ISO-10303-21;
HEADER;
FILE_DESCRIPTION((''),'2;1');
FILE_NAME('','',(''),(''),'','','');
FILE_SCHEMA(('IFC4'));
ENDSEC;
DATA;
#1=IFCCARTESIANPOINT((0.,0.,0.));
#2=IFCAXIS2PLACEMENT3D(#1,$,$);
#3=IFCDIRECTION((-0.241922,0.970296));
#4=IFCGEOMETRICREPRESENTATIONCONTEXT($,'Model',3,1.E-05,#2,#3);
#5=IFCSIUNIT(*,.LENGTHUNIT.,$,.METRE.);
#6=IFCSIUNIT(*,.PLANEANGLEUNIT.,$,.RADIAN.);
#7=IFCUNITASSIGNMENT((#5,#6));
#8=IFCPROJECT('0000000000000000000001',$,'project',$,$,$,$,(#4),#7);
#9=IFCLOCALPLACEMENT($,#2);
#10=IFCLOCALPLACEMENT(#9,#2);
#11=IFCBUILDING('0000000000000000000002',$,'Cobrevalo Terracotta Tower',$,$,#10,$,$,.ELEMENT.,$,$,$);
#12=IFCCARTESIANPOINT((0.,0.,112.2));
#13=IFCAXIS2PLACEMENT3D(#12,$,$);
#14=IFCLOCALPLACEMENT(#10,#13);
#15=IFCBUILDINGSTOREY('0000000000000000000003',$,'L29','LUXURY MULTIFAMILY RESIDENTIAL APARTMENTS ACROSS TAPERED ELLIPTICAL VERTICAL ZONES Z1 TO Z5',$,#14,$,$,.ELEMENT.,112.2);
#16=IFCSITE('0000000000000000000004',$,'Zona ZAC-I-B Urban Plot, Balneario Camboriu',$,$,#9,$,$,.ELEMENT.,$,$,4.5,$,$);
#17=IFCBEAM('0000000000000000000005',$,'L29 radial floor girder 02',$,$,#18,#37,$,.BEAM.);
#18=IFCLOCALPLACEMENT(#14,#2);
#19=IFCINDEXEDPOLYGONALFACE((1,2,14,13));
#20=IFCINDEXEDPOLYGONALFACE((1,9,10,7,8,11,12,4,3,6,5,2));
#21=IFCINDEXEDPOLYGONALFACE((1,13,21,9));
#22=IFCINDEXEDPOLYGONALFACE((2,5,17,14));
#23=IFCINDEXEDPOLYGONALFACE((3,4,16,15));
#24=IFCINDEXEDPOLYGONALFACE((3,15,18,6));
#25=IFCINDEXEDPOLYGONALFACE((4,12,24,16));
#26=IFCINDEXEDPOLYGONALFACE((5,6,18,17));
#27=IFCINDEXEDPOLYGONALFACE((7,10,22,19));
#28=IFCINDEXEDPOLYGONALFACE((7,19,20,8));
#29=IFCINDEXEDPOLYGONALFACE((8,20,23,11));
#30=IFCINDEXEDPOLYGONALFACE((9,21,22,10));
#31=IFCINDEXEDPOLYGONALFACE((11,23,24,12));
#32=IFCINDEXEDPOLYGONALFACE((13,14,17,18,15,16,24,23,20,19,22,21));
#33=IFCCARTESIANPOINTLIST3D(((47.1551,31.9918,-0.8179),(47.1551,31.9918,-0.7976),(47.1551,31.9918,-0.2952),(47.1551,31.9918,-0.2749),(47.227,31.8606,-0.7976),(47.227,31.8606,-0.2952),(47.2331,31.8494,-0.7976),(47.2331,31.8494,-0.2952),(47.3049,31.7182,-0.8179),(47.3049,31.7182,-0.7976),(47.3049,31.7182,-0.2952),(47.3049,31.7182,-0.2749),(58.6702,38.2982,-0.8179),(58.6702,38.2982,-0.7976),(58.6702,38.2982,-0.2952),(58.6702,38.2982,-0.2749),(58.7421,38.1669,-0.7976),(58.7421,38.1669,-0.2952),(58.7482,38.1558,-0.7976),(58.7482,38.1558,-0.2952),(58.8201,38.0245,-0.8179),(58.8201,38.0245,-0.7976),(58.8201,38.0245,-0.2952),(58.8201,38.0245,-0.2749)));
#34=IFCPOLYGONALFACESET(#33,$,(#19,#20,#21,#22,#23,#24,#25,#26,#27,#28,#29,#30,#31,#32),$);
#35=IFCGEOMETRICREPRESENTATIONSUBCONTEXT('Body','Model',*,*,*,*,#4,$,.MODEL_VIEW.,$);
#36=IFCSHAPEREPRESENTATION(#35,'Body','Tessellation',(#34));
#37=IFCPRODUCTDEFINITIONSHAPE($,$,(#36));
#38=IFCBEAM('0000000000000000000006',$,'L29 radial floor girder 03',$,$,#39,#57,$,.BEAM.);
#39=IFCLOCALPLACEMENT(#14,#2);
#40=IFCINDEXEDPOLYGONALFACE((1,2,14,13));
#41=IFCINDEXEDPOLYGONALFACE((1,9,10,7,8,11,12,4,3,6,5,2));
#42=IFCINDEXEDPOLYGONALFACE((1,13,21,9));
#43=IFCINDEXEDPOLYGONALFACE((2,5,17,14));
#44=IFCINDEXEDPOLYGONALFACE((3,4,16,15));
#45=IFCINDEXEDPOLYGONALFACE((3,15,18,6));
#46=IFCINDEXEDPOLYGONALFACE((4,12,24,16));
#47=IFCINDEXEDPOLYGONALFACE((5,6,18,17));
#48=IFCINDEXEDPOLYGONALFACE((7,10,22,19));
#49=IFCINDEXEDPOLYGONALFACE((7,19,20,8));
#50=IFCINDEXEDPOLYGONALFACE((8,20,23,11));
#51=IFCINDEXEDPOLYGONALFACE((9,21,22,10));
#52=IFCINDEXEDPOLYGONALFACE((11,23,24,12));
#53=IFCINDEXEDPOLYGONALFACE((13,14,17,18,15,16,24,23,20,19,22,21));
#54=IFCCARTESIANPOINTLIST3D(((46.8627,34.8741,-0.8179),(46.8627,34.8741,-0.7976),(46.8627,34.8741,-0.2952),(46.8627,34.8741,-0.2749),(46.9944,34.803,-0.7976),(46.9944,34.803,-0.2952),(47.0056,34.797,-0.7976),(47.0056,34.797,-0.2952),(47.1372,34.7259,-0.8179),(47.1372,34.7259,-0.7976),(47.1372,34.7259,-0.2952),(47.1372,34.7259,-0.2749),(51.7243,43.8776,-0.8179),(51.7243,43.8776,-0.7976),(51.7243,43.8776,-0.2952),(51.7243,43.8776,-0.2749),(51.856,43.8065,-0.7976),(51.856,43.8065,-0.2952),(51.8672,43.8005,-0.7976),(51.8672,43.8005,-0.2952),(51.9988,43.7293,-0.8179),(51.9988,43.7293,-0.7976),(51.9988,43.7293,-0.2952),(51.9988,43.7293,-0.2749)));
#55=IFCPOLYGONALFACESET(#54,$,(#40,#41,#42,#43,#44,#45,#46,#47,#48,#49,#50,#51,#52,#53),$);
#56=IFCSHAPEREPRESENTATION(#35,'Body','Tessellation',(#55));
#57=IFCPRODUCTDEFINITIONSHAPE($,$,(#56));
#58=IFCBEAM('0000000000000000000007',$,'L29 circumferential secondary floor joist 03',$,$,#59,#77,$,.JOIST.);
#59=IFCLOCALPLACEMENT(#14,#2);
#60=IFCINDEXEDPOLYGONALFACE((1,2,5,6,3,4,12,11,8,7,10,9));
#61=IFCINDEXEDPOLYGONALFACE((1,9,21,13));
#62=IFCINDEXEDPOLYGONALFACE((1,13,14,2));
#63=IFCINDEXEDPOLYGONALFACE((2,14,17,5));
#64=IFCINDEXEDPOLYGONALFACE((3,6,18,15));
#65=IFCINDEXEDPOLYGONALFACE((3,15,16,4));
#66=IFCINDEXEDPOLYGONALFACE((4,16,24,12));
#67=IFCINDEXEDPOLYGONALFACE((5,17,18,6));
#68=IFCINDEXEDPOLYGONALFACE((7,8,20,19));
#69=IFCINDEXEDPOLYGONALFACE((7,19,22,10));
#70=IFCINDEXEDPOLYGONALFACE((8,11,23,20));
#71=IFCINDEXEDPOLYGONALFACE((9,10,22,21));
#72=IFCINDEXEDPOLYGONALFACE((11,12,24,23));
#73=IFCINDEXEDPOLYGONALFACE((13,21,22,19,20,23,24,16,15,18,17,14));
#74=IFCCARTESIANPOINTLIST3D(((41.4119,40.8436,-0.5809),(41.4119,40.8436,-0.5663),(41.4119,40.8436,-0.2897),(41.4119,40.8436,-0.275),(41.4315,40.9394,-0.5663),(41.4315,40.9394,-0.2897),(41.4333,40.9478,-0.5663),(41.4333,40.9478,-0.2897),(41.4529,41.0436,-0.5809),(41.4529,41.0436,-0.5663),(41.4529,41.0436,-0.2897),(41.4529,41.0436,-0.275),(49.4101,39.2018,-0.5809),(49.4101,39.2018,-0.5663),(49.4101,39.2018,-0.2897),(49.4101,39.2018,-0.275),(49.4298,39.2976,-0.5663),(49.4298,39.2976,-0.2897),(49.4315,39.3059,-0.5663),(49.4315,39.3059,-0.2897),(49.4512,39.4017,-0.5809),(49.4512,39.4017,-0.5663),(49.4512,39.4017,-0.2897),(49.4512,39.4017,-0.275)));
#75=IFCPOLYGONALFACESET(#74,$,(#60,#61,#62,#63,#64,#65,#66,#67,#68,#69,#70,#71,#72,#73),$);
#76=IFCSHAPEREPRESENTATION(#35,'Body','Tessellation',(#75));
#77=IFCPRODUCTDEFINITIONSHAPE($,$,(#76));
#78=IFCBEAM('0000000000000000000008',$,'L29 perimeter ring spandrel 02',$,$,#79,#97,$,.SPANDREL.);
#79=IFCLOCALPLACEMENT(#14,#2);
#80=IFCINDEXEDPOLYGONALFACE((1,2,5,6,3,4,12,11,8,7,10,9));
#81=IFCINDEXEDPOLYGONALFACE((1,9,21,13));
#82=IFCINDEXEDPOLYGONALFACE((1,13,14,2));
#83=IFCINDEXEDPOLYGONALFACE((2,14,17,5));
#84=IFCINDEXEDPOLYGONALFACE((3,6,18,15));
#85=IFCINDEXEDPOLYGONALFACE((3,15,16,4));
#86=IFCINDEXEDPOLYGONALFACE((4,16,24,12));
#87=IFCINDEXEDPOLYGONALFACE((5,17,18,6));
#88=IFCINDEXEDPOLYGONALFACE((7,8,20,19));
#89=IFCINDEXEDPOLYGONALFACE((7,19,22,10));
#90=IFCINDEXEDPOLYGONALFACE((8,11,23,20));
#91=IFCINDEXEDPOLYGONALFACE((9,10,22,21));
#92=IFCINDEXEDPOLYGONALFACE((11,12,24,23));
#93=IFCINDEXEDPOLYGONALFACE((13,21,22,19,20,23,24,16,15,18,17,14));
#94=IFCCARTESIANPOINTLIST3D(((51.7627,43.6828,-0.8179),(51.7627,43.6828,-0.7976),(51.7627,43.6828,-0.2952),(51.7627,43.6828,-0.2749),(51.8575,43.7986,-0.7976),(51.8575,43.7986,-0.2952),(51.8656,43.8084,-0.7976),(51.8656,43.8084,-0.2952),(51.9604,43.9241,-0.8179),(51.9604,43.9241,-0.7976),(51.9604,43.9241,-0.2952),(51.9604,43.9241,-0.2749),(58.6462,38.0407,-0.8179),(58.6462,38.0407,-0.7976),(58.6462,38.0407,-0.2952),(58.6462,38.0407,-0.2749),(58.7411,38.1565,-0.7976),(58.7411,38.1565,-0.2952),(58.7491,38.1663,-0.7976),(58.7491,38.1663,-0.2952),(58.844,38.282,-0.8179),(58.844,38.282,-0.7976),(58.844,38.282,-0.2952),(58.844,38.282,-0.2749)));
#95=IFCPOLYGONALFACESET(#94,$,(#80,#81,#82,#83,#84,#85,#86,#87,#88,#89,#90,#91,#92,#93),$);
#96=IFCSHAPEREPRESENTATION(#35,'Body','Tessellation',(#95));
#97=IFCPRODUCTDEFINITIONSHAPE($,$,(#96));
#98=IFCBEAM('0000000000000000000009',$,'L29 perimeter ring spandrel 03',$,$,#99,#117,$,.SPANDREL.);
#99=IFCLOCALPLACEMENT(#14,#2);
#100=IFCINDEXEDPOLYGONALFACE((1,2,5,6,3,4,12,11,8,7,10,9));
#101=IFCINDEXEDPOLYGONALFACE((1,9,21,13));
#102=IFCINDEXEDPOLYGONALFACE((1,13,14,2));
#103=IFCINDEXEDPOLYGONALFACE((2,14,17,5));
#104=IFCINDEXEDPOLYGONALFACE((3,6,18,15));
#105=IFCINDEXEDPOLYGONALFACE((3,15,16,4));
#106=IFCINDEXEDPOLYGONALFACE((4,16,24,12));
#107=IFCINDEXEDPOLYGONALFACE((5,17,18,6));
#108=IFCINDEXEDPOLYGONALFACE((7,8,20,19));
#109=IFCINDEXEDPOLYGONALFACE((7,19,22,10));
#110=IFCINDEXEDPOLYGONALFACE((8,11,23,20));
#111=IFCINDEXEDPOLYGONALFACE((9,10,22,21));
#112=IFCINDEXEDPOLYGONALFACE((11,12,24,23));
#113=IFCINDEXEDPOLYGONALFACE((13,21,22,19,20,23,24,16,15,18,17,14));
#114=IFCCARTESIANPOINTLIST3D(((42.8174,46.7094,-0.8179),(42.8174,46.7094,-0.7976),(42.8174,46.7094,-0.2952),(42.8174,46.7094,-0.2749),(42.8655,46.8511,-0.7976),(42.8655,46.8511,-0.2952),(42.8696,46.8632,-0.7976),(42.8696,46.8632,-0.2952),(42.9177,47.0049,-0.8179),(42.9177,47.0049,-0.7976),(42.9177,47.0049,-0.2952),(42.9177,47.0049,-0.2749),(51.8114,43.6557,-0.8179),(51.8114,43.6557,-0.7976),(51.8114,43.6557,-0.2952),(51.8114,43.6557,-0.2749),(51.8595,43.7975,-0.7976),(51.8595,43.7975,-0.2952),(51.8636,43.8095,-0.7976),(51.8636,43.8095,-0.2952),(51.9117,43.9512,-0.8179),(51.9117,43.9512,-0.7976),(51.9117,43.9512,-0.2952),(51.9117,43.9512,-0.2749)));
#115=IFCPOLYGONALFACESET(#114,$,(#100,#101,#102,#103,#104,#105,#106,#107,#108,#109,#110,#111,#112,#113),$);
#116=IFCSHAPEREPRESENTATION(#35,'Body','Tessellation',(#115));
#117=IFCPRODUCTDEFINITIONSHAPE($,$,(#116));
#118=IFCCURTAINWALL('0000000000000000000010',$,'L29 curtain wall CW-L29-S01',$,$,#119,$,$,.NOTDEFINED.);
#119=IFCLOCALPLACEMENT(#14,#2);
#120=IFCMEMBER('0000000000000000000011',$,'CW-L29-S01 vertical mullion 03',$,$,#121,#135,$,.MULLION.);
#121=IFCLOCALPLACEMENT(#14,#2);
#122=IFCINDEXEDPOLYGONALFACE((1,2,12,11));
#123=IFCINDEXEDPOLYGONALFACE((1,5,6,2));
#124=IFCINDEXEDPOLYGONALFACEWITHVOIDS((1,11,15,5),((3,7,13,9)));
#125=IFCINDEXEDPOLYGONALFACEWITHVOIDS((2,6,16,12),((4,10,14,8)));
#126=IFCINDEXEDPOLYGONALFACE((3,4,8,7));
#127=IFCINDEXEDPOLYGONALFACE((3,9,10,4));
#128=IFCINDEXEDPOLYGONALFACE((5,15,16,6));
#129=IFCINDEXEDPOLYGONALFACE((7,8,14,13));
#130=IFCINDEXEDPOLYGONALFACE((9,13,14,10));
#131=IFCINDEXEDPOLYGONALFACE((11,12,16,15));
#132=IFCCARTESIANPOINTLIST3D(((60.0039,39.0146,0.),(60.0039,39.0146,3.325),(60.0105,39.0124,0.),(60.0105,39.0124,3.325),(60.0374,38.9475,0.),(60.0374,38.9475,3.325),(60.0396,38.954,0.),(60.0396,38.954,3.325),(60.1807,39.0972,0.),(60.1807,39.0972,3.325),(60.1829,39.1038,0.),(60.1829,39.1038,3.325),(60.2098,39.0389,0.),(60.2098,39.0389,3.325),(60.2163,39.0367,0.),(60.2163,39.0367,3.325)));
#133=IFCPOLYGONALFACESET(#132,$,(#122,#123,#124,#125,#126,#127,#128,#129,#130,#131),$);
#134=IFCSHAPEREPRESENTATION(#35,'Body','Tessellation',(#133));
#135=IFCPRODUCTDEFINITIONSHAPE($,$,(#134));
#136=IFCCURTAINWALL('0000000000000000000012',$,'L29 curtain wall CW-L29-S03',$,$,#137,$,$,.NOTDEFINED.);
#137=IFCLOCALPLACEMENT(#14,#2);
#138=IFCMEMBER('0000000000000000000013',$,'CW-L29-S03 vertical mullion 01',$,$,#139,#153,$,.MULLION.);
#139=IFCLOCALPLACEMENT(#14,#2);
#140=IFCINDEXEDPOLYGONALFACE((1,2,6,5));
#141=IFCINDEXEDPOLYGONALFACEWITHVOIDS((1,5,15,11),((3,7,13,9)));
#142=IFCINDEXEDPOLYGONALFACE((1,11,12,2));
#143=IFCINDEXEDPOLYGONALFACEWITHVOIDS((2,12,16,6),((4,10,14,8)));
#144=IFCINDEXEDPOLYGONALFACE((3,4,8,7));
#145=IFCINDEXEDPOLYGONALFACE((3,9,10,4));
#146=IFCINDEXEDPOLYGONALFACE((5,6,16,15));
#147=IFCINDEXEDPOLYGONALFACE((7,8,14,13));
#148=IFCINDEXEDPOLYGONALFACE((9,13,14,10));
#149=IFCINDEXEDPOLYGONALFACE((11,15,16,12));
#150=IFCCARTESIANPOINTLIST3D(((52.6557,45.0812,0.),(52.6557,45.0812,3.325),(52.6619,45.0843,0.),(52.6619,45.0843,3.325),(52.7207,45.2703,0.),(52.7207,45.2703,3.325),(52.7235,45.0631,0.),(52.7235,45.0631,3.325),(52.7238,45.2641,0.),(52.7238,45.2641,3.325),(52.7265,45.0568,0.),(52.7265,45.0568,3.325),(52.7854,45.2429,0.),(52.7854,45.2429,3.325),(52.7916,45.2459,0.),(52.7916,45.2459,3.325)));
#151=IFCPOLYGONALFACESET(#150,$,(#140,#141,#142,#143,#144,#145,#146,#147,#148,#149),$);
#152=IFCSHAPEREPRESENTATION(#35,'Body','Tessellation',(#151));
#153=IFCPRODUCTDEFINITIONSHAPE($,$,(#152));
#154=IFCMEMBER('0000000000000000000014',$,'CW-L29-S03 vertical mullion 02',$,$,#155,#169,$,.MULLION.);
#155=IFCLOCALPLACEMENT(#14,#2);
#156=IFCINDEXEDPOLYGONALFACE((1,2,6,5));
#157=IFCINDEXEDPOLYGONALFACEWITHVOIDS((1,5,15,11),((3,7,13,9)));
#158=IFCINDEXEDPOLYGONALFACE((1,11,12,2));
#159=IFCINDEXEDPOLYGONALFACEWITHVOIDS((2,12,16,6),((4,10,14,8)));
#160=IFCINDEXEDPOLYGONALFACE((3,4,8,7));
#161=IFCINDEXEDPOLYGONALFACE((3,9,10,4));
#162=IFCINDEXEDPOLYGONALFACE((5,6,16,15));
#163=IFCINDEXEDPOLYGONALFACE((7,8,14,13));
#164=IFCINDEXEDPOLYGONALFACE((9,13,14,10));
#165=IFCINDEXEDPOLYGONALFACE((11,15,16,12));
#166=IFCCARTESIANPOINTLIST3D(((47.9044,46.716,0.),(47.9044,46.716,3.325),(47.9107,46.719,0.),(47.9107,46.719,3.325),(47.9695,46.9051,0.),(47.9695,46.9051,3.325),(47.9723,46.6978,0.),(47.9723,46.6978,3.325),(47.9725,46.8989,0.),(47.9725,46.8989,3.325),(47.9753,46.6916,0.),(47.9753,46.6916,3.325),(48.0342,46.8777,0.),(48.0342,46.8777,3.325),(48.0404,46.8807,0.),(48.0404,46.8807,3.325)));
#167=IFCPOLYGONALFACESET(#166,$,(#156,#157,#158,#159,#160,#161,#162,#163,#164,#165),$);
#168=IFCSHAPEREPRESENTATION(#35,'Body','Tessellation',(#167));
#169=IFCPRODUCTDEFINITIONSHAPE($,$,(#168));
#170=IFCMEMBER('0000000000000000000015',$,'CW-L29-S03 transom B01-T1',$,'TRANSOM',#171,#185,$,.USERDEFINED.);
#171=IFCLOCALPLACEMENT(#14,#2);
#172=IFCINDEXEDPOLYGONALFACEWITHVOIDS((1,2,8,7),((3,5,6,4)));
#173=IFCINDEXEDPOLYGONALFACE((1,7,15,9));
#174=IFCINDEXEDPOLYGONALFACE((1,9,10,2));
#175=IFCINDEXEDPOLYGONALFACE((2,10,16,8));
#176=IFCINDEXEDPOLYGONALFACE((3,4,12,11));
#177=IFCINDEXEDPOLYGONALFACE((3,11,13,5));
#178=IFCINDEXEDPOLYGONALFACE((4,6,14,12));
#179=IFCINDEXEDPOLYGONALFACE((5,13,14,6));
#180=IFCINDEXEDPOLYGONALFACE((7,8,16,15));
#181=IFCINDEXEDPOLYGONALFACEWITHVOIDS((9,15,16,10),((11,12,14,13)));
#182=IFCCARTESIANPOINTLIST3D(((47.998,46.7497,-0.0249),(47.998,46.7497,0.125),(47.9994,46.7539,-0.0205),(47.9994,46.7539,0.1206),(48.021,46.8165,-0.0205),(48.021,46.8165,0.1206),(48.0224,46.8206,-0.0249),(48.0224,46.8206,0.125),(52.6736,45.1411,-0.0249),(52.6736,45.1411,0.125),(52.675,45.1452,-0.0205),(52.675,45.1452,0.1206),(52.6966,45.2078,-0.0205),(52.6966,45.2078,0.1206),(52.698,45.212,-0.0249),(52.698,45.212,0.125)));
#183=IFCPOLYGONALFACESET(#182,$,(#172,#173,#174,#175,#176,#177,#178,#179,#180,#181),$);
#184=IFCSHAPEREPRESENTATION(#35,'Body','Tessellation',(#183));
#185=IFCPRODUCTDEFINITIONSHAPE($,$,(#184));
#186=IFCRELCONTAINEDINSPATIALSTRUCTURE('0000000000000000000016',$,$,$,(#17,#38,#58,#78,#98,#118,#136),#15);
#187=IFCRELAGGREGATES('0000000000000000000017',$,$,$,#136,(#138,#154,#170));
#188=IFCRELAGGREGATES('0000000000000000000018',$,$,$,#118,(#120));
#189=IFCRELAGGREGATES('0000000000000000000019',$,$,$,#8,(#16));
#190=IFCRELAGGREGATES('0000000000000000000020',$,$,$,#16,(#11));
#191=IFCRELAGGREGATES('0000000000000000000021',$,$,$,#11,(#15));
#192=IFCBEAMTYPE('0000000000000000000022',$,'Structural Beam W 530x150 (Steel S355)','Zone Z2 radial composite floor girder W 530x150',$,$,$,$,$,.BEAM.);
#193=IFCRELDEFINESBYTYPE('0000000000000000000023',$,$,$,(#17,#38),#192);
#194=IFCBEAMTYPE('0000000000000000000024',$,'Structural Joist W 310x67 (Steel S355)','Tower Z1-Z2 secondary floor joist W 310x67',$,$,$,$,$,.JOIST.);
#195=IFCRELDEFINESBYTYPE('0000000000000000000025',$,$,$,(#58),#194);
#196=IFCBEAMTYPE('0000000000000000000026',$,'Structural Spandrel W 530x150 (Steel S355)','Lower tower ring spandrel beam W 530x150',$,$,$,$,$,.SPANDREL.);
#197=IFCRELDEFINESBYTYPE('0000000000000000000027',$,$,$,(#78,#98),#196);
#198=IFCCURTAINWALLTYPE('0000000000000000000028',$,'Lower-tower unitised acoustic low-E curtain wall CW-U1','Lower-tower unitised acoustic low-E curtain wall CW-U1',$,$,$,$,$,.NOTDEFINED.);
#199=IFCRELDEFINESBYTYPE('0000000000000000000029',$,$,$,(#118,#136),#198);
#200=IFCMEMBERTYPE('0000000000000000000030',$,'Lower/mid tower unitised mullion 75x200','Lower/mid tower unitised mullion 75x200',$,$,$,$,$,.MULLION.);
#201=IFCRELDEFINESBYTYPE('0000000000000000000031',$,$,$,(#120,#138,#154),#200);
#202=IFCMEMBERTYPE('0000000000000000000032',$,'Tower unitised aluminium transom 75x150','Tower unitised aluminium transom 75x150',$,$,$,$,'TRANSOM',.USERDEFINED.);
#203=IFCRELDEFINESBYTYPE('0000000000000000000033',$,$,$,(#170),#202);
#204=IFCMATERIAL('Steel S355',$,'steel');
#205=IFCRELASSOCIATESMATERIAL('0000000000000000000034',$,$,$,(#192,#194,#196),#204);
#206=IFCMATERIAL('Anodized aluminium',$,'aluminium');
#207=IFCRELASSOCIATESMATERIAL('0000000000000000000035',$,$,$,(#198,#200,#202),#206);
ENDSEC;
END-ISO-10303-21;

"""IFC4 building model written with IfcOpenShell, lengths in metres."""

from ifc_helpers import new_model, si_unit, direction, frame, origin, origin_2d, place, context, subcontext, project, spatial, hollow_rectangle, i_section, extrude, source, transform, mapped, material, material_profile, profile_set, type_object, element, aggregate, save


model = new_model("IFC4")

# Units and contexts
model_context = context("Model", 3, precision=1e-05, world=origin(), true_north=direction((-0.241922, 0.970296)))
body_context = subcontext(model_context, "Body", "Model", "MODEL_VIEW")
ifc_project = project(units=[si_unit("LENGTHUNIT", "METRE"), si_unit("PLANEANGLEUNIT", "RADIAN")], contexts=[model_context])

# Site, building, storey
site_placement = place(None, origin())
site = spatial("IfcSite", under=ifc_project, at=site_placement, Name="Zona ZAC-I-B Urban Plot, Balneario Camboriu", CompositionType="ELEMENT", RefElevation=4.5)
building_placement = place(site_placement, origin())
building = spatial("IfcBuilding", under=site, at=building_placement, Name="Cobrevalo Terracotta Tower", CompositionType="ELEMENT")
storey_placement = place(building_placement, frame((0.0, 0.0, 112.2)))
storey = spatial("IfcBuildingStorey", under=building, at=storey_placement, Name="L29", Description="LUXURY MULTIFAMILY RESIDENTIAL APARTMENTS ACROSS TAPERED ELLIPTICAL VERTICAL ZONES Z1 TO Z5", CompositionType="ELEMENT", Elevation=112.2)

# Shared definitions
ifc_material_1 = material(Name="Steel S355", Category="steel")

# Beams
ifc_material_profile_1 = material_profile(ifc_material_1, i_section(OverallWidth=0.312, OverallDepth=0.543, WebThickness=0.0127, FlangeThickness=0.0203, at=origin_2d()), Name="W 530x150")
ifc_profile_set_1 = profile_set([ifc_material_profile_1], Name="Steel S355")
beam_type_1 = type_object("IfcBeamType", Name="Structural Beam W 530x150 (Steel S355)", Description="Zone Z2 radial composite floor girder W 530x150", PredefinedType="BEAM", material=ifc_profile_set_1)
beam_1_placement = place(storey_placement, frame((58.7451, 38.1614, -0.5464), z_axis=(-0.877081, -0.480343, 0.0), x_axis=(0.480343, -0.877081, 0.0)))
element("IfcBeam", 1, at=beam_1_placement, inside=storey, type_object=beam_type_1, Name="L29 radial floor girder 02", PredefinedType="BEAM", context=body_context, shape_type="SweptSolid", body=[
    extrude(i_section(OverallWidth=0.312, OverallDepth=0.543, WebThickness=0.0127, FlangeThickness=0.0203, at=origin_2d()), origin(), (0.0, 0.0, 1.0), 13.1289),
])
beam_2_placement = place(storey_placement, frame((51.8616, 43.8035, -0.5464), z_axis=(-0.475128, -0.879917, 0.0), x_axis=(0.879917, -0.475128, 0.0)))
element("IfcBeam", 2, at=beam_2_placement, inside=storey, type_object=beam_type_1, Name="L29 radial floor girder 03", PredefinedType="BEAM", context=body_context, shape_type="SweptSolid", body=[
    extrude(i_section(OverallWidth=0.312, OverallDepth=0.543, WebThickness=0.0127, FlangeThickness=0.0203, at=origin_2d()), origin(), (0.0, 0.0, 1.0), 10.2322),
])
ifc_material_profile_2 = material_profile(ifc_material_1, i_section(OverallWidth=0.2041, OverallDepth=0.3059, WebThickness=0.0085, FlangeThickness=0.0146, at=origin_2d()), Name="W 310x67")
ifc_profile_set_2 = profile_set([ifc_material_profile_2], Name="Steel S355")
beam_type_2 = type_object("IfcBeamType", Name="Structural Joist W 310x67 (Steel S355)", Description="Tower Z1-Z2 secondary floor joist W 310x67", PredefinedType="JOIST", material=ifc_profile_set_2)
beam_3_placement = place(storey_placement, frame((49.4307, 39.3018, -0.428), z_axis=(-0.979574, 0.201082, 0.0), x_axis=(-0.201082, -0.979574, 0.0)))
element("IfcBeam", 3, at=beam_3_placement, inside=storey, type_object=beam_type_2, Name="L29 circumferential secondary floor joist 03", PredefinedType="JOIST", context=body_context, shape_type="SweptSolid", body=[
    extrude(i_section(OverallWidth=0.2041, OverallDepth=0.3059, WebThickness=0.0085, FlangeThickness=0.0146, at=origin_2d()), origin(), (0.0, 0.0, 1.0), 8.165),
])
ifc_material_profile_3 = material_profile(ifc_material_1, i_section(OverallWidth=0.312, OverallDepth=0.543, WebThickness=0.0127, FlangeThickness=0.0203, at=origin_2d()), Name="W 530x150")
ifc_profile_set_3 = profile_set([ifc_material_profile_3], Name="Steel S355")
beam_type_3 = type_object("IfcBeamType", Name="Structural Spandrel W 530x150 (Steel S355)", Description="Lower tower ring spandrel beam W 530x150", PredefinedType="SPANDREL", material=ifc_profile_set_3)
beam_4_placement = place(storey_placement, frame((58.7451, 38.1614, -0.5464), z_axis=(-0.773401, 0.633917, 0.0), x_axis=(-0.633917, -0.773401, 0.0)))
element("IfcBeam", 4, at=beam_4_placement, inside=storey, type_object=beam_type_3, Name="L29 perimeter ring spandrel 02", PredefinedType="SPANDREL", context=body_context, shape_type="SweptSolid", body=[
    extrude(i_section(OverallWidth=0.312, OverallDepth=0.543, WebThickness=0.0127, FlangeThickness=0.0203, at=origin_2d()), origin(), (0.0, 0.0, 1.0), 8.9004),
])
beam_5_placement = place(storey_placement, frame((51.8616, 43.8035, -0.5464), z_axis=(-0.946911, 0.321497, 0.0), x_axis=(-0.321497, -0.946911, 0.0)))
element("IfcBeam", 5, at=beam_5_placement, inside=storey, type_object=beam_type_3, Name="L29 perimeter ring spandrel 03", PredefinedType="SPANDREL", context=body_context, shape_type="SweptSolid", body=[
    extrude(i_section(OverallWidth=0.312, OverallDepth=0.543, WebThickness=0.0127, FlangeThickness=0.0203, at=origin_2d()), origin(), (0.0, 0.0, 1.0), 9.4983),
])

# Curtain wall, member
ifc_material_2 = material(Name="Anodized aluminium", Category="aluminium")
curtain_wall_type = type_object("IfcCurtainWallType", Name="Lower-tower unitised acoustic low-E curtain wall CW-U1", Description="Lower-tower unitised acoustic low-E curtain wall CW-U1", PredefinedType="NOTDEFINED", material=ifc_material_2)
curtain_wall_1_placement = place(storey_placement, origin())
curtain_wall_1 = element("IfcCurtainWall", 6, at=curtain_wall_1_placement, inside=storey, type_object=curtain_wall_type, Name="L29 curtain wall CW-L29-S01", PredefinedType="NOTDEFINED")
ifc_material_profile_4 = material_profile(ifc_material_2, hollow_rectangle(XDim=0.075, YDim=0.2, WallThickness=0.0049, at=origin_2d()), Name="CWM 75x200")
ifc_profile_set_4 = profile_set([ifc_material_profile_4], Name="Anodized aluminium")
member_type_1 = type_object("IfcMemberType", Name="Lower/mid tower unitised mullion 75x200", Description="Lower/mid tower unitised mullion 75x200", PredefinedType="MULLION", material=ifc_profile_set_4)
shared_shape_1 = source(origin(), body_context, "Body", "SweptSolid", [
    extrude(hollow_rectangle(XDim=0.075, YDim=0.2, WallThickness=0.0049, at=origin_2d()), origin(), (0.0, 0.0, 1.0), 3.325),
])
member_1_placement = place(storey_placement, frame((60.1101, 39.0256, 0.0), z_axis=(0.0, 0.0, 1.0), x_axis=(-0.44626, 0.894903, 0.0)))
member_1 = element("IfcMember", 7, at=member_1_placement, type_object=member_type_1, Name="CW-L29-S01 vertical mullion 03", PredefinedType="MULLION", context=body_context, shape_type="MappedRepresentation", body=[
    mapped(shared_shape_1, transform((0.0, 0.0, 0.0), scale=1.0)),
])

# Curtain wall, members
curtain_wall_2_placement = place(storey_placement, origin())
curtain_wall_2 = element("IfcCurtainWall", 8, at=curtain_wall_2_placement, inside=storey, type_object=curtain_wall_type, Name="L29 curtain wall CW-L29-S03", PredefinedType="NOTDEFINED")
member_2_placement = place(storey_placement, frame((52.7236, 45.1636, 0.0), z_axis=(0.0, 0.0, 1.0), x_axis=(-0.945598, 0.325337, 0.0)))
member_2 = element("IfcMember", 9, at=member_2_placement, type_object=member_type_1, Name="CW-L29-S03 vertical mullion 01", PredefinedType="MULLION", context=body_context, shape_type="MappedRepresentation", body=[
    mapped(shared_shape_1, transform((0.0, 0.0, 0.0), scale=1.0)),
])
member_3_placement = place(storey_placement, frame((47.9724, 46.7983, 0.0), z_axis=(0.0, 0.0, 1.0), x_axis=(-0.945598, 0.325337, 0.0)))
member_3 = element("IfcMember", 10, at=member_3_placement, type_object=member_type_1, Name="CW-L29-S03 vertical mullion 02", PredefinedType="MULLION", context=body_context, shape_type="MappedRepresentation", body=[
    mapped(shared_shape_1, transform((0.0, 0.0, 0.0), scale=1.0)),
])
ifc_material_profile_5 = material_profile(ifc_material_2, hollow_rectangle(XDim=0.075, YDim=0.1499, WallThickness=0.0044, at=origin_2d()), Name="CWT 75x150")
ifc_profile_set_5 = profile_set([ifc_material_profile_5], Name="Anodized aluminium")
member_type_2 = type_object("IfcMemberType", Name="Tower unitised aluminium transom 75x150", Description="Tower unitised aluminium transom 75x150", ElementType="TRANSOM", PredefinedType="USERDEFINED", material=ifc_profile_set_5)
shared_shape_2 = source(origin(), body_context, "Body", "SweptSolid", [
    extrude(hollow_rectangle(XDim=0.075, YDim=0.1499, WallThickness=0.0044, at=origin_2d()), origin(), (0.0, 0.0, 1.0), 4.9446),
])
member_4_placement = place(storey_placement, frame((52.6858, 45.1765, 0.05), z_axis=(-0.945598, 0.325338, 0.0), x_axis=(-0.325338, -0.945598, 0.0)))
member_4 = element("IfcMember", 11, at=member_4_placement, type_object=member_type_2, Name="CW-L29-S03 transom B01-T1", ObjectType="TRANSOM", PredefinedType="USERDEFINED", context=body_context, shape_type="MappedRepresentation", body=[
    mapped(shared_shape_2, transform((0.0, 0.0, 0.0), scale=1.0)),
])

aggregate(curtain_wall_2, [member_2, member_3, member_4])
aggregate(curtain_wall_1, [member_1])

save(model, "model.ifc")
